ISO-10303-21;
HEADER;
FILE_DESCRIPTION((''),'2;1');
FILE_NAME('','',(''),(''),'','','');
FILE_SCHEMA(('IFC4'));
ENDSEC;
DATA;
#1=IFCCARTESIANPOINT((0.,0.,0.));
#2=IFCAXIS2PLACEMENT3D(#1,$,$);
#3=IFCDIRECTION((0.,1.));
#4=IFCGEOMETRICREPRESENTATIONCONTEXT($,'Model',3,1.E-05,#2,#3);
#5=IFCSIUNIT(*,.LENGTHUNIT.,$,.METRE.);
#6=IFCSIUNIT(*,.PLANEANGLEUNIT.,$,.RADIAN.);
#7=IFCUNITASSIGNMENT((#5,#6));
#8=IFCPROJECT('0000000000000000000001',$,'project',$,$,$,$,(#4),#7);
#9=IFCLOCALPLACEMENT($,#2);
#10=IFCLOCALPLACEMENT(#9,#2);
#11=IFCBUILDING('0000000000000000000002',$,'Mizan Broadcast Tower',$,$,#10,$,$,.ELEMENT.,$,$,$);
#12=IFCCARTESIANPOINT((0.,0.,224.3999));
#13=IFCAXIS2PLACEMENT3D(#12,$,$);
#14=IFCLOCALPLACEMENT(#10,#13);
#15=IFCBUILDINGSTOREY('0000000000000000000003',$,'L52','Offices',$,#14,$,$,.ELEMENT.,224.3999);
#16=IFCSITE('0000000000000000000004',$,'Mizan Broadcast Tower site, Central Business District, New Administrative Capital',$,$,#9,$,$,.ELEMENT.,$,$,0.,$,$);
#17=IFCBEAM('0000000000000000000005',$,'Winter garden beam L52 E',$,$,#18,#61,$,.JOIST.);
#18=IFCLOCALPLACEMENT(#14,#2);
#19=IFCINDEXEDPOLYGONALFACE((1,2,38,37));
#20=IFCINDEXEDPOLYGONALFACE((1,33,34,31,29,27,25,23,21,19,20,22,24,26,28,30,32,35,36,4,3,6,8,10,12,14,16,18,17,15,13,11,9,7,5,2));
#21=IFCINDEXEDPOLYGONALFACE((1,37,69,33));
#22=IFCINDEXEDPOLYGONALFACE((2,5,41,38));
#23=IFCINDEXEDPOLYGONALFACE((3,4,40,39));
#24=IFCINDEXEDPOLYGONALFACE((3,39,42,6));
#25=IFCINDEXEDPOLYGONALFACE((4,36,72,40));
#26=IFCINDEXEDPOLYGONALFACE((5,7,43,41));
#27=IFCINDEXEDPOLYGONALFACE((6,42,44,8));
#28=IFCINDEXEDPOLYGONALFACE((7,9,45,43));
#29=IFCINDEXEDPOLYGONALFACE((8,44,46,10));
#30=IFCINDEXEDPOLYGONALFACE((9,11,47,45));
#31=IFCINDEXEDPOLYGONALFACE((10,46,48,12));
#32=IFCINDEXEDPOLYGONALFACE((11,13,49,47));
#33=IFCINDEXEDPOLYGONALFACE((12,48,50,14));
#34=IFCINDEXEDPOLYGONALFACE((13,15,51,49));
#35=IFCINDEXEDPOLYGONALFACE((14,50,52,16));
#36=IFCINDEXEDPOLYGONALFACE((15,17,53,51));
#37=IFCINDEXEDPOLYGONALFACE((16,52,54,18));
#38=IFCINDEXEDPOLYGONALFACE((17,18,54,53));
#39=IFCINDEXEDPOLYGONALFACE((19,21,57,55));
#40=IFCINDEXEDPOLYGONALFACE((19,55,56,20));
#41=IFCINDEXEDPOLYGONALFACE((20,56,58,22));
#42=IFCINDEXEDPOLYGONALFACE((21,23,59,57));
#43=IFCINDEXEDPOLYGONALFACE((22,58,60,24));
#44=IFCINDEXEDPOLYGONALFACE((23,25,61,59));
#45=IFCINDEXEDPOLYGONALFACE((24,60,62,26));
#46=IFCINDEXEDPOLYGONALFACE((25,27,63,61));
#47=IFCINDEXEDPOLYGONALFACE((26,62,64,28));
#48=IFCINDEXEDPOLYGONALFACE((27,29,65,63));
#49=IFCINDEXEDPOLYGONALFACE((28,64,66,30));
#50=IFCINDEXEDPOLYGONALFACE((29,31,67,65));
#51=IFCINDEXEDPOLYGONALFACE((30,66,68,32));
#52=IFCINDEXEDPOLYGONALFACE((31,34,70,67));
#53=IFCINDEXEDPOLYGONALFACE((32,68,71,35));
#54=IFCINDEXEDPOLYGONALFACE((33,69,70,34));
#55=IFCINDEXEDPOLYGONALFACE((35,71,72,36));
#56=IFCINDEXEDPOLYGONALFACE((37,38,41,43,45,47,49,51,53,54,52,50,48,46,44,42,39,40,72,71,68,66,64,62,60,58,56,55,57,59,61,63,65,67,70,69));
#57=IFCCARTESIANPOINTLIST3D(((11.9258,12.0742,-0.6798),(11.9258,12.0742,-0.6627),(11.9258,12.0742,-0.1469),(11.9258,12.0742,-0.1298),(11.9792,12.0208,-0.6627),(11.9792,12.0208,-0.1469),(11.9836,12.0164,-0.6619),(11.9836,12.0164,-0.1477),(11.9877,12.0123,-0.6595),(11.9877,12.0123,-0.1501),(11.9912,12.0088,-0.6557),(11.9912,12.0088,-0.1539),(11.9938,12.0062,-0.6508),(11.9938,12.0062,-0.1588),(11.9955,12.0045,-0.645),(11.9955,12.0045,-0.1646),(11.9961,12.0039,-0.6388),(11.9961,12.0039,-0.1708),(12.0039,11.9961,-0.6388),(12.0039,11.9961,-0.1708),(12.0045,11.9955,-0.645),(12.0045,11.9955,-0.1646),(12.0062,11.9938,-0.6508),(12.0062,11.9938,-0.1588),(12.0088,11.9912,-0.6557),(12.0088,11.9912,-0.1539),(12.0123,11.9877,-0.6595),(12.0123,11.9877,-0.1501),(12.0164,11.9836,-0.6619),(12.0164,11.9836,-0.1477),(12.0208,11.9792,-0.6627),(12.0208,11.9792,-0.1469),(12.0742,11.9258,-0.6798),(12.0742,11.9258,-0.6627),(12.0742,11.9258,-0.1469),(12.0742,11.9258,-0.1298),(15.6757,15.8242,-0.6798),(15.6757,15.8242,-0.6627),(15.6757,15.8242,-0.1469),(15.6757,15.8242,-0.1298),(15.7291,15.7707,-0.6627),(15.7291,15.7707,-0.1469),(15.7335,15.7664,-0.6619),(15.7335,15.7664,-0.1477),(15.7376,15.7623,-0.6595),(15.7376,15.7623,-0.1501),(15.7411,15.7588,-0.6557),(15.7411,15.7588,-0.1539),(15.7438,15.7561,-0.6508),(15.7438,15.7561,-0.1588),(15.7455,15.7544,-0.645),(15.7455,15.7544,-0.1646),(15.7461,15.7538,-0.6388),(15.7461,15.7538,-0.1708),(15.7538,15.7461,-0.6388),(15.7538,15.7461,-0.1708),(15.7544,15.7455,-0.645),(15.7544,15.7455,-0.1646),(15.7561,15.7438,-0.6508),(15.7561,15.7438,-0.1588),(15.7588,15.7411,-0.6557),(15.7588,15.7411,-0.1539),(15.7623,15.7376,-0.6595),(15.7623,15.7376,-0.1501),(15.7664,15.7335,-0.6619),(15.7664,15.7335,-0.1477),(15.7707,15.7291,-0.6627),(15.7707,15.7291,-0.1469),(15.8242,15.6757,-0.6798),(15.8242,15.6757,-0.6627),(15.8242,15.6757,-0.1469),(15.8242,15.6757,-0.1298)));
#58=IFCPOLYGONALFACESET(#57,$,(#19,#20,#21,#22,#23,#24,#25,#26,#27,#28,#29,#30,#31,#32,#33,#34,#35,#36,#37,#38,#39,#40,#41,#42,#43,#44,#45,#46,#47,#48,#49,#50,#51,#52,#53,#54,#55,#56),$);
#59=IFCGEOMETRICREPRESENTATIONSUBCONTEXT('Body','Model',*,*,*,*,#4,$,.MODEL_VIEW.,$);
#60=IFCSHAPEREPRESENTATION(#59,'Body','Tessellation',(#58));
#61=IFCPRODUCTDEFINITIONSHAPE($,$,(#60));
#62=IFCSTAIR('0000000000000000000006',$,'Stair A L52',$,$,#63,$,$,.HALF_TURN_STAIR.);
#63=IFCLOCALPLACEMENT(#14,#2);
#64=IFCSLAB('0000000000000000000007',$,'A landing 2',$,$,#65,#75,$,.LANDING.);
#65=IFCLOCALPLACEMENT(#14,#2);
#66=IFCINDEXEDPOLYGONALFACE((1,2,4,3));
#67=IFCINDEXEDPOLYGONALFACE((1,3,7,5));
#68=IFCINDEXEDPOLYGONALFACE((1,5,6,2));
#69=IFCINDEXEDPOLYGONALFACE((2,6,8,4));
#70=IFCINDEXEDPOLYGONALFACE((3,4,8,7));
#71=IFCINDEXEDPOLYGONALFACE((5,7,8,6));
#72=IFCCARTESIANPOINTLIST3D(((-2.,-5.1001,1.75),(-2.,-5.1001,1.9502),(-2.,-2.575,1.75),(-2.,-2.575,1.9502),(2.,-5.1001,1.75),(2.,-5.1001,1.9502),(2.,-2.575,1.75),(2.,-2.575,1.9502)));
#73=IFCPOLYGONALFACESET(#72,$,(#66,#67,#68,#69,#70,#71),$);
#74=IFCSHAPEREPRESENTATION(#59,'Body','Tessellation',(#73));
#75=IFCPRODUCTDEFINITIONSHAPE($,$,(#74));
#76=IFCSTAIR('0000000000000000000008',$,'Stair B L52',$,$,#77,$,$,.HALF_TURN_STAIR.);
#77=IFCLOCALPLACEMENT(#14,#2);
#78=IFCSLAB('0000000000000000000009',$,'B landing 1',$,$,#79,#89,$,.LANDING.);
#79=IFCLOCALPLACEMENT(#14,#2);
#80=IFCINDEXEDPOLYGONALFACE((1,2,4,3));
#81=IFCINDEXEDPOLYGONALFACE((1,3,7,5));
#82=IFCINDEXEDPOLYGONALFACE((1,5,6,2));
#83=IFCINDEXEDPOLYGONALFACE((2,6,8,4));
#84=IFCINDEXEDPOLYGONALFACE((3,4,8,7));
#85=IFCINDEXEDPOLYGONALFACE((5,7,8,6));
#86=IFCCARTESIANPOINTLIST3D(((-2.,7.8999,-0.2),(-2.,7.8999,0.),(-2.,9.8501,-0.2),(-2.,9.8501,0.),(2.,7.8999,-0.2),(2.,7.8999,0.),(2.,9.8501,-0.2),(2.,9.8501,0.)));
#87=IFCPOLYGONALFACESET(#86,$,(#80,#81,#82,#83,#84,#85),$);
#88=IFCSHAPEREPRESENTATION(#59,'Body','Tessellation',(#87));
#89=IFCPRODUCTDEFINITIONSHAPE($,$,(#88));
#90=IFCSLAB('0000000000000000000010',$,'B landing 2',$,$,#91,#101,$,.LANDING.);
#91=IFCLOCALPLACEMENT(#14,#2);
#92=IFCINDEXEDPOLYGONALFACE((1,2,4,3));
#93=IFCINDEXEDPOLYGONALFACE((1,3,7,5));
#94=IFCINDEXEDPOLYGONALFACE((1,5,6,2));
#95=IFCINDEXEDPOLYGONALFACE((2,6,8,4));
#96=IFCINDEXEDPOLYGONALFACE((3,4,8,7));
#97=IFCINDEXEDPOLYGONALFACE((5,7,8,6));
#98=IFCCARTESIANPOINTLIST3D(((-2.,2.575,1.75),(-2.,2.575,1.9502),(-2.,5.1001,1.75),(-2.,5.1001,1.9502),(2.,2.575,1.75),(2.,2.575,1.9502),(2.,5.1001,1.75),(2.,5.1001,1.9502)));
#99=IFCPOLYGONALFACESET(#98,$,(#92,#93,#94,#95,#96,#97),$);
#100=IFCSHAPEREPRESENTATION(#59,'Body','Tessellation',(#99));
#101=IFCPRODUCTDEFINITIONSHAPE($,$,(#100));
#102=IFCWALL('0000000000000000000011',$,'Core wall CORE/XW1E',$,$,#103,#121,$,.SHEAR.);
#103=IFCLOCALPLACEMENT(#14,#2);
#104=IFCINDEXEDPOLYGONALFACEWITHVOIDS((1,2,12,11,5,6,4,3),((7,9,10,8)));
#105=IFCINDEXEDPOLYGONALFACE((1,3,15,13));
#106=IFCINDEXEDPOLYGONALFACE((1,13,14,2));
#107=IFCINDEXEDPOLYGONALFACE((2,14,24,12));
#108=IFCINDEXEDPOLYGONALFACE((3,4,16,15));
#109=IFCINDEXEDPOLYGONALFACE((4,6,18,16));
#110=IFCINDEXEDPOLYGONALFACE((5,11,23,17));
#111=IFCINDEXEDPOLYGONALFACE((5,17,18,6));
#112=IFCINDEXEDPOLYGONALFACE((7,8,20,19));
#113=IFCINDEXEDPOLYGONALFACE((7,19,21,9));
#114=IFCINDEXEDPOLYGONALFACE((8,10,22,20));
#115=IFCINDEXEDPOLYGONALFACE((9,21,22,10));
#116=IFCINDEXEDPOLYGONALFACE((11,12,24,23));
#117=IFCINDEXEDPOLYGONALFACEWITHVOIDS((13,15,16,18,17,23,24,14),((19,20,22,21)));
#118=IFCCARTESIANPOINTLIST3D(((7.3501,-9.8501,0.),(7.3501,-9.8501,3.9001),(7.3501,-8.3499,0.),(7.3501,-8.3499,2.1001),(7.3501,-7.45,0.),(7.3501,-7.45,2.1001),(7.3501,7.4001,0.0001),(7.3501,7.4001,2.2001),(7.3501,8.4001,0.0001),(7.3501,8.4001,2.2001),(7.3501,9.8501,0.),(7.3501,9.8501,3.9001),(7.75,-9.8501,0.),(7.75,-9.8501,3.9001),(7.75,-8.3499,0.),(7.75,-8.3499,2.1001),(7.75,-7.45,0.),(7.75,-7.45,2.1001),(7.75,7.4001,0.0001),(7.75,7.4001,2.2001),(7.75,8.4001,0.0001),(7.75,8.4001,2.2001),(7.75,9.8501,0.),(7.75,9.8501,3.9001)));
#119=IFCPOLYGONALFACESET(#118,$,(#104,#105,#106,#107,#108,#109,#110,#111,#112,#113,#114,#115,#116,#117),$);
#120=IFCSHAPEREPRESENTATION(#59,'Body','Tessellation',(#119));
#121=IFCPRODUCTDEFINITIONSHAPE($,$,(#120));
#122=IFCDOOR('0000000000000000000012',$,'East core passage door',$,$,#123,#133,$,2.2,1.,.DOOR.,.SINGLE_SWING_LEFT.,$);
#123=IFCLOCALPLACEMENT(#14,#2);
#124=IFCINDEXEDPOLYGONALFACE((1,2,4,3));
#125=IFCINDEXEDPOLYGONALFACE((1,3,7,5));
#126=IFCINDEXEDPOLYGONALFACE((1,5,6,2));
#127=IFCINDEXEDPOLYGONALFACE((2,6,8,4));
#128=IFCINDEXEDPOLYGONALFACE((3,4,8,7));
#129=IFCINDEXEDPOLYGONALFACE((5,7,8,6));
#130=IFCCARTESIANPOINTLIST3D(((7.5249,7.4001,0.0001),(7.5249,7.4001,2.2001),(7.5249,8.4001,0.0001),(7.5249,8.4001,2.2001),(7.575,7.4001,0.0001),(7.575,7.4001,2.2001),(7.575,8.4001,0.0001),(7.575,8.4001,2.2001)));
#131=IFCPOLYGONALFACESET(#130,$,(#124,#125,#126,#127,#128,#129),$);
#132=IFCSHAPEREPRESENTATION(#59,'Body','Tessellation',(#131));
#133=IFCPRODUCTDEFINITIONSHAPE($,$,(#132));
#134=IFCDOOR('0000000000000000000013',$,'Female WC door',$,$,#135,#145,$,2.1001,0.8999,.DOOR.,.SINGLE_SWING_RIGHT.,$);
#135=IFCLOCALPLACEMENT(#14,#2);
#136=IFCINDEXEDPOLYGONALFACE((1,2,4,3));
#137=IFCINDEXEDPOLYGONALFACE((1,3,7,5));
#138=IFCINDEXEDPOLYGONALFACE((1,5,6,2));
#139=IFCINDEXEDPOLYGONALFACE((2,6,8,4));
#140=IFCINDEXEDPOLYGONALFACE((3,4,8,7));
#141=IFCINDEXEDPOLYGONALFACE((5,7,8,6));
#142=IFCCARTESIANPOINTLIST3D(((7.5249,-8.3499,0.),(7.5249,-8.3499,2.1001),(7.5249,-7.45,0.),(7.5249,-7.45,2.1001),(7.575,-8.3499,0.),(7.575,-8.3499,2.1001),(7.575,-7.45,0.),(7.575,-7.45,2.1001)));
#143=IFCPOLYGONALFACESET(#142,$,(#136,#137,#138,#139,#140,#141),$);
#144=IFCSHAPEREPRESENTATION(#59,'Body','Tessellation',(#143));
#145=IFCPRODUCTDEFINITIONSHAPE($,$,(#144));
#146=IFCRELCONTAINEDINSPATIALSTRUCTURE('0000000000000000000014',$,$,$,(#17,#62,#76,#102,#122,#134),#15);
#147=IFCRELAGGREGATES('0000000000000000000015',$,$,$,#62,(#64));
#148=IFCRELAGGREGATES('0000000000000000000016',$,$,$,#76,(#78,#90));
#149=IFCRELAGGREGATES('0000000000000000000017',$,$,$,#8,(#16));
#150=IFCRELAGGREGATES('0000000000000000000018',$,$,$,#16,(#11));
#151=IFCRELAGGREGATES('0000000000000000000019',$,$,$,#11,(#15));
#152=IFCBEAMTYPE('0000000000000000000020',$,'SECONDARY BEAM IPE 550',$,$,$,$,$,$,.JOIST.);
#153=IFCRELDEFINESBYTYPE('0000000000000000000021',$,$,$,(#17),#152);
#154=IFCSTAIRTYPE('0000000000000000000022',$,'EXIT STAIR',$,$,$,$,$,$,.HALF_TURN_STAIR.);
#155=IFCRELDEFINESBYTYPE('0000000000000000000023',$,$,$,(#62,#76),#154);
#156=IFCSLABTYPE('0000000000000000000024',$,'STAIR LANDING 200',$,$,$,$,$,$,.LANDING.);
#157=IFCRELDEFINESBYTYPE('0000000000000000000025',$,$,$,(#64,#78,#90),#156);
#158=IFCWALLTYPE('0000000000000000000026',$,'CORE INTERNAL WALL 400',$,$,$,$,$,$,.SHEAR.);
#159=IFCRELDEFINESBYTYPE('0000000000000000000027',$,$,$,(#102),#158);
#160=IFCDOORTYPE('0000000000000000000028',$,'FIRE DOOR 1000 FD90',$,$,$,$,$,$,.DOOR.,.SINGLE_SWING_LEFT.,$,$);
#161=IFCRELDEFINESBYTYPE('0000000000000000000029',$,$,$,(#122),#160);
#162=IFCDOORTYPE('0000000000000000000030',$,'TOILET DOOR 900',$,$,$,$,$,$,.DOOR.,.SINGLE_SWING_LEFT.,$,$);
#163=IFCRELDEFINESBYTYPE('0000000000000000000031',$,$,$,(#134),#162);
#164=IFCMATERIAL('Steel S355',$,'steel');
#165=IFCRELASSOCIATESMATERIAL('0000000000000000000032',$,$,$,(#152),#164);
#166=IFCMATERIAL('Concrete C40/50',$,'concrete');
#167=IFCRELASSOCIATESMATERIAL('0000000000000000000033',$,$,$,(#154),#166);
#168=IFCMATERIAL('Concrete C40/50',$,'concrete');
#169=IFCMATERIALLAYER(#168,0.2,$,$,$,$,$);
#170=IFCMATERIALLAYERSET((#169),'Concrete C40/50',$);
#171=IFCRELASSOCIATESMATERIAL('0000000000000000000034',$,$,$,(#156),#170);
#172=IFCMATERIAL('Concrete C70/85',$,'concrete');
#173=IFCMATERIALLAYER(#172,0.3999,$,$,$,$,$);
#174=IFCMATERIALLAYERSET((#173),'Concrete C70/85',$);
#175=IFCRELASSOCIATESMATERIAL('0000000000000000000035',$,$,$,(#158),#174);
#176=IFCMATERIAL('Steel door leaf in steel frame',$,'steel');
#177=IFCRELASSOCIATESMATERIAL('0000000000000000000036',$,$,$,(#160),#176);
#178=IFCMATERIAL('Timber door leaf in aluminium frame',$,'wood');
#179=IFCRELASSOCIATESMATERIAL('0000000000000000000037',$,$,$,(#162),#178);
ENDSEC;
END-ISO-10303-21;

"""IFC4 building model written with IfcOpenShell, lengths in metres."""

from ifc_helpers import new_model, si_unit, direction, frame, frame_2d, origin, origin_2d, place, context, subcontext, project, spatial, polyline, rectangle, i_section, outline, extrude, material, layer, layer_set, material_profile, profile_set, type_object, element, fill, aggregate, save


model = new_model("IFC4")

# Units and contexts
model_context = context("Model", 3, precision=1e-05, world=origin(), true_north=direction((0.0, 1.0)))
body_context = subcontext(model_context, "Body", "Model", "MODEL_VIEW")
ifc_project = project(units=[si_unit("LENGTHUNIT", "METRE"), si_unit("PLANEANGLEUNIT", "RADIAN")], contexts=[model_context])

# Site, building, storey
site_placement = place(None, origin())
site = spatial("IfcSite", under=ifc_project, at=site_placement, Name="Mizan Broadcast Tower site, Central Business District, New Administrative Capital", CompositionType="ELEMENT", RefElevation=0.0)
building_placement = place(site_placement, origin())
building = spatial("IfcBuilding", under=site, at=building_placement, Name="Mizan Broadcast Tower", CompositionType="ELEMENT")
storey_placement = place(building_placement, frame((0.0, 0.0, 224.3999)))
storey = spatial("IfcBuildingStorey", under=building, at=storey_placement, Name="L52", Description="Offices", CompositionType="ELEMENT", Elevation=224.3999)

# Beam
ifc_material_1 = material(Name="Steel S355", Category="steel")
ifc_material_profile_1 = material_profile(ifc_material_1, i_section(OverallWidth=0.21, OverallDepth=0.55, WebThickness=0.011, FlangeThickness=0.0171, FilletRadius=0.0239, at=origin_2d()), Name="IPE 550")
ifc_profile_set_1 = profile_set([ifc_material_profile_1], Name="Steel S355")
beam_type_1 = type_object("IfcBeamType", Name="SECONDARY BEAM IPE 550", PredefinedType="JOIST", material=ifc_profile_set_1)
beam_1_placement = place(storey_placement, frame((12.0, 12.0, -0.4048), z_axis=(0.707107, 0.707107, 0.0), x_axis=(-0.707107, 0.707107, 0.0)))
element("IfcBeam", 1, at=beam_1_placement, inside=storey, type_object=beam_type_1, Name="Winter garden beam L52 E", PredefinedType="JOIST", context=body_context, shape_type="SweptSolid", body=[
    extrude(i_section(OverallWidth=0.21, OverallDepth=0.55, WebThickness=0.011, FlangeThickness=0.0171, FilletRadius=0.0239, at=origin_2d()), origin(), (0.0, 0.0, 1.0), 5.3032),
])

# Stair, slab
ifc_material_2 = material(Name="Concrete C40/50", Category="concrete")
stair_type = type_object("IfcStairType", Name="EXIT STAIR", PredefinedType="HALF_TURN_STAIR", material=ifc_material_2)
stair_1_placement = place(storey_placement, origin())
stair_1 = element("IfcStair", 2, at=stair_1_placement, inside=storey, type_object=stair_type, Name="Stair A L52", PredefinedType="HALF_TURN_STAIR")
ifc_material_3 = material(Name="Concrete C40/50", Category="concrete")
ifc_layer_1 = layer(ifc_material_3, 0.2)
ifc_layer_set_1 = layer_set([ifc_layer_1], Name="Concrete C40/50")
slab_type = type_object("IfcSlabType", Name="STAIR LANDING 200", PredefinedType="LANDING", material=ifc_layer_set_1)
slab_1_placement = place(storey_placement, frame((0.0, 0.0, 1.75)))
slab_1 = element("IfcSlab", 3, at=slab_1_placement, type_object=slab_type, Name="A landing 2", PredefinedType="LANDING", context=body_context, shape_type="SweptSolid", body=[
    extrude(outline(polyline([(-2.0, -5.1001), (-2.0, -2.575), (2.0, -2.575), (2.0, -5.1001), (-2.0, -5.1001)])), origin(), (0.0, 0.0, 1.0), 0.2002),
])
aggregate(stair_1, [slab_1])

# Stair, slabs
stair_2_placement = place(storey_placement, origin())
stair_2 = element("IfcStair", 4, at=stair_2_placement, inside=storey, type_object=stair_type, Name="Stair B L52", PredefinedType="HALF_TURN_STAIR")
slab_2_placement = place(storey_placement, frame((0.0, 0.0, -0.2)))
slab_2 = element("IfcSlab", 5, at=slab_2_placement, type_object=slab_type, Name="B landing 1", PredefinedType="LANDING", context=body_context, shape_type="SweptSolid", body=[
    extrude(outline(polyline([(2.0, 9.8501), (2.0, 7.8999), (-2.0, 7.8999), (-2.0, 9.8501), (2.0, 9.8501)])), origin(), (0.0, 0.0, 1.0), 0.2),
])
slab_3_placement = place(storey_placement, frame((0.0, 0.0, 1.75)))
slab_3 = element("IfcSlab", 6, at=slab_3_placement, type_object=slab_type, Name="B landing 2", PredefinedType="LANDING", context=body_context, shape_type="SweptSolid", body=[
    extrude(outline(polyline([(2.0, 5.1001), (2.0, 2.575), (-2.0, 2.575), (-2.0, 5.1001), (2.0, 5.1001)])), origin(), (0.0, 0.0, 1.0), 0.2002),
])

# Wall, openings, doors
ifc_material_4 = material(Name="Concrete C70/85", Category="concrete")
ifc_layer_2 = layer(ifc_material_4, 0.3999)
ifc_layer_set_2 = layer_set([ifc_layer_2], Name="Concrete C70/85")
wall_type_1 = type_object("IfcWallType", Name="CORE INTERNAL WALL 400", PredefinedType="SHEAR", material=ifc_layer_set_2)
wall_1_placement = place(storey_placement, frame((7.55, 9.8501, 0.0), z_axis=(0.0, 0.0, 1.0), x_axis=(0.0, -1.0, 0.0)))
wall_1 = element("IfcWall", 7, at=wall_1_placement, inside=storey, type_object=wall_type_1, Name="Core wall CORE/XW1E", PredefinedType="SHEAR", context=body_context, shape_type="SweptSolid", body=[
    extrude(rectangle(XDim=19.7002, YDim=0.3999, at=frame_2d((9.8501, 0.0))), origin(), (0.0, 0.0, 1.0), 3.9001),
])
opening_1_placement = place(wall_1_placement, frame((1.45, 0.0, 0.0)))
opening_1 = element("IfcOpeningElement", 8, at=opening_1_placement, cuts=wall_1, PredefinedType="OPENING", context=body_context, shape_type="SweptSolid", body=[
    extrude(rectangle(XDim=1.0, YDim=2.2, at=frame_2d((0.5, 1.1001))), frame((0.0, 0.21, 0.0), z_axis=(0.0, -1.0, 0.0), x_axis=(1.0, 0.0, 0.0)), (0.0, 0.0, 1.0), 0.4199),
])
opening_2_placement = place(wall_1_placement, frame((17.3, 0.0, 0.0)))
opening_2 = element("IfcOpeningElement", 9, at=opening_2_placement, cuts=wall_1, PredefinedType="OPENING", context=body_context, shape_type="SweptSolid", body=[
    extrude(rectangle(XDim=0.8999, YDim=2.1001, at=frame_2d((0.45, 1.05))), frame((0.0, 0.21, 0.0), z_axis=(0.0, -1.0, 0.0), x_axis=(1.0, 0.0, 0.0)), (0.0, 0.0, 1.0), 0.4199),
])
ifc_material_5 = material(Name="Steel door leaf in steel frame", Category="steel")
door_type_1 = type_object("IfcDoorType", Name="FIRE DOOR 1000 FD90", OperationType="SINGLE_SWING_LEFT", PredefinedType="DOOR", material=ifc_material_5)
door_1_placement = place(opening_1_placement, origin())
door_1 = element("IfcDoor", 10, at=door_1_placement, inside=storey, type_object=door_type_1, Name="East core passage door", OperationType="SINGLE_SWING_LEFT", OverallHeight=2.2, OverallWidth=1.0, PredefinedType="DOOR", context=body_context, shape_type="SweptSolid", body=[
    extrude(rectangle(XDim=1.0, YDim=2.2, at=frame_2d((0.5, 1.1001))), frame((0.0, 0.0249, 0.0), z_axis=(0.0, -1.0, 0.0), x_axis=(1.0, 0.0, 0.0)), (0.0, 0.0, 1.0), 0.05),
])
fill(opening_1, door_1)
ifc_material_6 = material(Name="Timber door leaf in aluminium frame", Category="wood")
door_type_2 = type_object("IfcDoorType", Name="TOILET DOOR 900", OperationType="SINGLE_SWING_LEFT", PredefinedType="DOOR", material=ifc_material_6)
door_2_placement = place(opening_2_placement, origin())
door_2 = element("IfcDoor", 11, at=door_2_placement, inside=storey, type_object=door_type_2, Name="Female WC door", OperationType="SINGLE_SWING_RIGHT", OverallHeight=2.1001, OverallWidth=0.8999, PredefinedType="DOOR", context=body_context, shape_type="SweptSolid", body=[
    extrude(rectangle(XDim=0.8999, YDim=2.1001, at=frame_2d((0.45, 1.05))), frame((0.0, 0.0249, 0.0), z_axis=(0.0, -1.0, 0.0), x_axis=(1.0, 0.0, 0.0)), (0.0, 0.0, 1.0), 0.05),
])
fill(opening_2, door_2)

aggregate(stair_2, [slab_2, slab_3])

save(model, "model.ifc")
